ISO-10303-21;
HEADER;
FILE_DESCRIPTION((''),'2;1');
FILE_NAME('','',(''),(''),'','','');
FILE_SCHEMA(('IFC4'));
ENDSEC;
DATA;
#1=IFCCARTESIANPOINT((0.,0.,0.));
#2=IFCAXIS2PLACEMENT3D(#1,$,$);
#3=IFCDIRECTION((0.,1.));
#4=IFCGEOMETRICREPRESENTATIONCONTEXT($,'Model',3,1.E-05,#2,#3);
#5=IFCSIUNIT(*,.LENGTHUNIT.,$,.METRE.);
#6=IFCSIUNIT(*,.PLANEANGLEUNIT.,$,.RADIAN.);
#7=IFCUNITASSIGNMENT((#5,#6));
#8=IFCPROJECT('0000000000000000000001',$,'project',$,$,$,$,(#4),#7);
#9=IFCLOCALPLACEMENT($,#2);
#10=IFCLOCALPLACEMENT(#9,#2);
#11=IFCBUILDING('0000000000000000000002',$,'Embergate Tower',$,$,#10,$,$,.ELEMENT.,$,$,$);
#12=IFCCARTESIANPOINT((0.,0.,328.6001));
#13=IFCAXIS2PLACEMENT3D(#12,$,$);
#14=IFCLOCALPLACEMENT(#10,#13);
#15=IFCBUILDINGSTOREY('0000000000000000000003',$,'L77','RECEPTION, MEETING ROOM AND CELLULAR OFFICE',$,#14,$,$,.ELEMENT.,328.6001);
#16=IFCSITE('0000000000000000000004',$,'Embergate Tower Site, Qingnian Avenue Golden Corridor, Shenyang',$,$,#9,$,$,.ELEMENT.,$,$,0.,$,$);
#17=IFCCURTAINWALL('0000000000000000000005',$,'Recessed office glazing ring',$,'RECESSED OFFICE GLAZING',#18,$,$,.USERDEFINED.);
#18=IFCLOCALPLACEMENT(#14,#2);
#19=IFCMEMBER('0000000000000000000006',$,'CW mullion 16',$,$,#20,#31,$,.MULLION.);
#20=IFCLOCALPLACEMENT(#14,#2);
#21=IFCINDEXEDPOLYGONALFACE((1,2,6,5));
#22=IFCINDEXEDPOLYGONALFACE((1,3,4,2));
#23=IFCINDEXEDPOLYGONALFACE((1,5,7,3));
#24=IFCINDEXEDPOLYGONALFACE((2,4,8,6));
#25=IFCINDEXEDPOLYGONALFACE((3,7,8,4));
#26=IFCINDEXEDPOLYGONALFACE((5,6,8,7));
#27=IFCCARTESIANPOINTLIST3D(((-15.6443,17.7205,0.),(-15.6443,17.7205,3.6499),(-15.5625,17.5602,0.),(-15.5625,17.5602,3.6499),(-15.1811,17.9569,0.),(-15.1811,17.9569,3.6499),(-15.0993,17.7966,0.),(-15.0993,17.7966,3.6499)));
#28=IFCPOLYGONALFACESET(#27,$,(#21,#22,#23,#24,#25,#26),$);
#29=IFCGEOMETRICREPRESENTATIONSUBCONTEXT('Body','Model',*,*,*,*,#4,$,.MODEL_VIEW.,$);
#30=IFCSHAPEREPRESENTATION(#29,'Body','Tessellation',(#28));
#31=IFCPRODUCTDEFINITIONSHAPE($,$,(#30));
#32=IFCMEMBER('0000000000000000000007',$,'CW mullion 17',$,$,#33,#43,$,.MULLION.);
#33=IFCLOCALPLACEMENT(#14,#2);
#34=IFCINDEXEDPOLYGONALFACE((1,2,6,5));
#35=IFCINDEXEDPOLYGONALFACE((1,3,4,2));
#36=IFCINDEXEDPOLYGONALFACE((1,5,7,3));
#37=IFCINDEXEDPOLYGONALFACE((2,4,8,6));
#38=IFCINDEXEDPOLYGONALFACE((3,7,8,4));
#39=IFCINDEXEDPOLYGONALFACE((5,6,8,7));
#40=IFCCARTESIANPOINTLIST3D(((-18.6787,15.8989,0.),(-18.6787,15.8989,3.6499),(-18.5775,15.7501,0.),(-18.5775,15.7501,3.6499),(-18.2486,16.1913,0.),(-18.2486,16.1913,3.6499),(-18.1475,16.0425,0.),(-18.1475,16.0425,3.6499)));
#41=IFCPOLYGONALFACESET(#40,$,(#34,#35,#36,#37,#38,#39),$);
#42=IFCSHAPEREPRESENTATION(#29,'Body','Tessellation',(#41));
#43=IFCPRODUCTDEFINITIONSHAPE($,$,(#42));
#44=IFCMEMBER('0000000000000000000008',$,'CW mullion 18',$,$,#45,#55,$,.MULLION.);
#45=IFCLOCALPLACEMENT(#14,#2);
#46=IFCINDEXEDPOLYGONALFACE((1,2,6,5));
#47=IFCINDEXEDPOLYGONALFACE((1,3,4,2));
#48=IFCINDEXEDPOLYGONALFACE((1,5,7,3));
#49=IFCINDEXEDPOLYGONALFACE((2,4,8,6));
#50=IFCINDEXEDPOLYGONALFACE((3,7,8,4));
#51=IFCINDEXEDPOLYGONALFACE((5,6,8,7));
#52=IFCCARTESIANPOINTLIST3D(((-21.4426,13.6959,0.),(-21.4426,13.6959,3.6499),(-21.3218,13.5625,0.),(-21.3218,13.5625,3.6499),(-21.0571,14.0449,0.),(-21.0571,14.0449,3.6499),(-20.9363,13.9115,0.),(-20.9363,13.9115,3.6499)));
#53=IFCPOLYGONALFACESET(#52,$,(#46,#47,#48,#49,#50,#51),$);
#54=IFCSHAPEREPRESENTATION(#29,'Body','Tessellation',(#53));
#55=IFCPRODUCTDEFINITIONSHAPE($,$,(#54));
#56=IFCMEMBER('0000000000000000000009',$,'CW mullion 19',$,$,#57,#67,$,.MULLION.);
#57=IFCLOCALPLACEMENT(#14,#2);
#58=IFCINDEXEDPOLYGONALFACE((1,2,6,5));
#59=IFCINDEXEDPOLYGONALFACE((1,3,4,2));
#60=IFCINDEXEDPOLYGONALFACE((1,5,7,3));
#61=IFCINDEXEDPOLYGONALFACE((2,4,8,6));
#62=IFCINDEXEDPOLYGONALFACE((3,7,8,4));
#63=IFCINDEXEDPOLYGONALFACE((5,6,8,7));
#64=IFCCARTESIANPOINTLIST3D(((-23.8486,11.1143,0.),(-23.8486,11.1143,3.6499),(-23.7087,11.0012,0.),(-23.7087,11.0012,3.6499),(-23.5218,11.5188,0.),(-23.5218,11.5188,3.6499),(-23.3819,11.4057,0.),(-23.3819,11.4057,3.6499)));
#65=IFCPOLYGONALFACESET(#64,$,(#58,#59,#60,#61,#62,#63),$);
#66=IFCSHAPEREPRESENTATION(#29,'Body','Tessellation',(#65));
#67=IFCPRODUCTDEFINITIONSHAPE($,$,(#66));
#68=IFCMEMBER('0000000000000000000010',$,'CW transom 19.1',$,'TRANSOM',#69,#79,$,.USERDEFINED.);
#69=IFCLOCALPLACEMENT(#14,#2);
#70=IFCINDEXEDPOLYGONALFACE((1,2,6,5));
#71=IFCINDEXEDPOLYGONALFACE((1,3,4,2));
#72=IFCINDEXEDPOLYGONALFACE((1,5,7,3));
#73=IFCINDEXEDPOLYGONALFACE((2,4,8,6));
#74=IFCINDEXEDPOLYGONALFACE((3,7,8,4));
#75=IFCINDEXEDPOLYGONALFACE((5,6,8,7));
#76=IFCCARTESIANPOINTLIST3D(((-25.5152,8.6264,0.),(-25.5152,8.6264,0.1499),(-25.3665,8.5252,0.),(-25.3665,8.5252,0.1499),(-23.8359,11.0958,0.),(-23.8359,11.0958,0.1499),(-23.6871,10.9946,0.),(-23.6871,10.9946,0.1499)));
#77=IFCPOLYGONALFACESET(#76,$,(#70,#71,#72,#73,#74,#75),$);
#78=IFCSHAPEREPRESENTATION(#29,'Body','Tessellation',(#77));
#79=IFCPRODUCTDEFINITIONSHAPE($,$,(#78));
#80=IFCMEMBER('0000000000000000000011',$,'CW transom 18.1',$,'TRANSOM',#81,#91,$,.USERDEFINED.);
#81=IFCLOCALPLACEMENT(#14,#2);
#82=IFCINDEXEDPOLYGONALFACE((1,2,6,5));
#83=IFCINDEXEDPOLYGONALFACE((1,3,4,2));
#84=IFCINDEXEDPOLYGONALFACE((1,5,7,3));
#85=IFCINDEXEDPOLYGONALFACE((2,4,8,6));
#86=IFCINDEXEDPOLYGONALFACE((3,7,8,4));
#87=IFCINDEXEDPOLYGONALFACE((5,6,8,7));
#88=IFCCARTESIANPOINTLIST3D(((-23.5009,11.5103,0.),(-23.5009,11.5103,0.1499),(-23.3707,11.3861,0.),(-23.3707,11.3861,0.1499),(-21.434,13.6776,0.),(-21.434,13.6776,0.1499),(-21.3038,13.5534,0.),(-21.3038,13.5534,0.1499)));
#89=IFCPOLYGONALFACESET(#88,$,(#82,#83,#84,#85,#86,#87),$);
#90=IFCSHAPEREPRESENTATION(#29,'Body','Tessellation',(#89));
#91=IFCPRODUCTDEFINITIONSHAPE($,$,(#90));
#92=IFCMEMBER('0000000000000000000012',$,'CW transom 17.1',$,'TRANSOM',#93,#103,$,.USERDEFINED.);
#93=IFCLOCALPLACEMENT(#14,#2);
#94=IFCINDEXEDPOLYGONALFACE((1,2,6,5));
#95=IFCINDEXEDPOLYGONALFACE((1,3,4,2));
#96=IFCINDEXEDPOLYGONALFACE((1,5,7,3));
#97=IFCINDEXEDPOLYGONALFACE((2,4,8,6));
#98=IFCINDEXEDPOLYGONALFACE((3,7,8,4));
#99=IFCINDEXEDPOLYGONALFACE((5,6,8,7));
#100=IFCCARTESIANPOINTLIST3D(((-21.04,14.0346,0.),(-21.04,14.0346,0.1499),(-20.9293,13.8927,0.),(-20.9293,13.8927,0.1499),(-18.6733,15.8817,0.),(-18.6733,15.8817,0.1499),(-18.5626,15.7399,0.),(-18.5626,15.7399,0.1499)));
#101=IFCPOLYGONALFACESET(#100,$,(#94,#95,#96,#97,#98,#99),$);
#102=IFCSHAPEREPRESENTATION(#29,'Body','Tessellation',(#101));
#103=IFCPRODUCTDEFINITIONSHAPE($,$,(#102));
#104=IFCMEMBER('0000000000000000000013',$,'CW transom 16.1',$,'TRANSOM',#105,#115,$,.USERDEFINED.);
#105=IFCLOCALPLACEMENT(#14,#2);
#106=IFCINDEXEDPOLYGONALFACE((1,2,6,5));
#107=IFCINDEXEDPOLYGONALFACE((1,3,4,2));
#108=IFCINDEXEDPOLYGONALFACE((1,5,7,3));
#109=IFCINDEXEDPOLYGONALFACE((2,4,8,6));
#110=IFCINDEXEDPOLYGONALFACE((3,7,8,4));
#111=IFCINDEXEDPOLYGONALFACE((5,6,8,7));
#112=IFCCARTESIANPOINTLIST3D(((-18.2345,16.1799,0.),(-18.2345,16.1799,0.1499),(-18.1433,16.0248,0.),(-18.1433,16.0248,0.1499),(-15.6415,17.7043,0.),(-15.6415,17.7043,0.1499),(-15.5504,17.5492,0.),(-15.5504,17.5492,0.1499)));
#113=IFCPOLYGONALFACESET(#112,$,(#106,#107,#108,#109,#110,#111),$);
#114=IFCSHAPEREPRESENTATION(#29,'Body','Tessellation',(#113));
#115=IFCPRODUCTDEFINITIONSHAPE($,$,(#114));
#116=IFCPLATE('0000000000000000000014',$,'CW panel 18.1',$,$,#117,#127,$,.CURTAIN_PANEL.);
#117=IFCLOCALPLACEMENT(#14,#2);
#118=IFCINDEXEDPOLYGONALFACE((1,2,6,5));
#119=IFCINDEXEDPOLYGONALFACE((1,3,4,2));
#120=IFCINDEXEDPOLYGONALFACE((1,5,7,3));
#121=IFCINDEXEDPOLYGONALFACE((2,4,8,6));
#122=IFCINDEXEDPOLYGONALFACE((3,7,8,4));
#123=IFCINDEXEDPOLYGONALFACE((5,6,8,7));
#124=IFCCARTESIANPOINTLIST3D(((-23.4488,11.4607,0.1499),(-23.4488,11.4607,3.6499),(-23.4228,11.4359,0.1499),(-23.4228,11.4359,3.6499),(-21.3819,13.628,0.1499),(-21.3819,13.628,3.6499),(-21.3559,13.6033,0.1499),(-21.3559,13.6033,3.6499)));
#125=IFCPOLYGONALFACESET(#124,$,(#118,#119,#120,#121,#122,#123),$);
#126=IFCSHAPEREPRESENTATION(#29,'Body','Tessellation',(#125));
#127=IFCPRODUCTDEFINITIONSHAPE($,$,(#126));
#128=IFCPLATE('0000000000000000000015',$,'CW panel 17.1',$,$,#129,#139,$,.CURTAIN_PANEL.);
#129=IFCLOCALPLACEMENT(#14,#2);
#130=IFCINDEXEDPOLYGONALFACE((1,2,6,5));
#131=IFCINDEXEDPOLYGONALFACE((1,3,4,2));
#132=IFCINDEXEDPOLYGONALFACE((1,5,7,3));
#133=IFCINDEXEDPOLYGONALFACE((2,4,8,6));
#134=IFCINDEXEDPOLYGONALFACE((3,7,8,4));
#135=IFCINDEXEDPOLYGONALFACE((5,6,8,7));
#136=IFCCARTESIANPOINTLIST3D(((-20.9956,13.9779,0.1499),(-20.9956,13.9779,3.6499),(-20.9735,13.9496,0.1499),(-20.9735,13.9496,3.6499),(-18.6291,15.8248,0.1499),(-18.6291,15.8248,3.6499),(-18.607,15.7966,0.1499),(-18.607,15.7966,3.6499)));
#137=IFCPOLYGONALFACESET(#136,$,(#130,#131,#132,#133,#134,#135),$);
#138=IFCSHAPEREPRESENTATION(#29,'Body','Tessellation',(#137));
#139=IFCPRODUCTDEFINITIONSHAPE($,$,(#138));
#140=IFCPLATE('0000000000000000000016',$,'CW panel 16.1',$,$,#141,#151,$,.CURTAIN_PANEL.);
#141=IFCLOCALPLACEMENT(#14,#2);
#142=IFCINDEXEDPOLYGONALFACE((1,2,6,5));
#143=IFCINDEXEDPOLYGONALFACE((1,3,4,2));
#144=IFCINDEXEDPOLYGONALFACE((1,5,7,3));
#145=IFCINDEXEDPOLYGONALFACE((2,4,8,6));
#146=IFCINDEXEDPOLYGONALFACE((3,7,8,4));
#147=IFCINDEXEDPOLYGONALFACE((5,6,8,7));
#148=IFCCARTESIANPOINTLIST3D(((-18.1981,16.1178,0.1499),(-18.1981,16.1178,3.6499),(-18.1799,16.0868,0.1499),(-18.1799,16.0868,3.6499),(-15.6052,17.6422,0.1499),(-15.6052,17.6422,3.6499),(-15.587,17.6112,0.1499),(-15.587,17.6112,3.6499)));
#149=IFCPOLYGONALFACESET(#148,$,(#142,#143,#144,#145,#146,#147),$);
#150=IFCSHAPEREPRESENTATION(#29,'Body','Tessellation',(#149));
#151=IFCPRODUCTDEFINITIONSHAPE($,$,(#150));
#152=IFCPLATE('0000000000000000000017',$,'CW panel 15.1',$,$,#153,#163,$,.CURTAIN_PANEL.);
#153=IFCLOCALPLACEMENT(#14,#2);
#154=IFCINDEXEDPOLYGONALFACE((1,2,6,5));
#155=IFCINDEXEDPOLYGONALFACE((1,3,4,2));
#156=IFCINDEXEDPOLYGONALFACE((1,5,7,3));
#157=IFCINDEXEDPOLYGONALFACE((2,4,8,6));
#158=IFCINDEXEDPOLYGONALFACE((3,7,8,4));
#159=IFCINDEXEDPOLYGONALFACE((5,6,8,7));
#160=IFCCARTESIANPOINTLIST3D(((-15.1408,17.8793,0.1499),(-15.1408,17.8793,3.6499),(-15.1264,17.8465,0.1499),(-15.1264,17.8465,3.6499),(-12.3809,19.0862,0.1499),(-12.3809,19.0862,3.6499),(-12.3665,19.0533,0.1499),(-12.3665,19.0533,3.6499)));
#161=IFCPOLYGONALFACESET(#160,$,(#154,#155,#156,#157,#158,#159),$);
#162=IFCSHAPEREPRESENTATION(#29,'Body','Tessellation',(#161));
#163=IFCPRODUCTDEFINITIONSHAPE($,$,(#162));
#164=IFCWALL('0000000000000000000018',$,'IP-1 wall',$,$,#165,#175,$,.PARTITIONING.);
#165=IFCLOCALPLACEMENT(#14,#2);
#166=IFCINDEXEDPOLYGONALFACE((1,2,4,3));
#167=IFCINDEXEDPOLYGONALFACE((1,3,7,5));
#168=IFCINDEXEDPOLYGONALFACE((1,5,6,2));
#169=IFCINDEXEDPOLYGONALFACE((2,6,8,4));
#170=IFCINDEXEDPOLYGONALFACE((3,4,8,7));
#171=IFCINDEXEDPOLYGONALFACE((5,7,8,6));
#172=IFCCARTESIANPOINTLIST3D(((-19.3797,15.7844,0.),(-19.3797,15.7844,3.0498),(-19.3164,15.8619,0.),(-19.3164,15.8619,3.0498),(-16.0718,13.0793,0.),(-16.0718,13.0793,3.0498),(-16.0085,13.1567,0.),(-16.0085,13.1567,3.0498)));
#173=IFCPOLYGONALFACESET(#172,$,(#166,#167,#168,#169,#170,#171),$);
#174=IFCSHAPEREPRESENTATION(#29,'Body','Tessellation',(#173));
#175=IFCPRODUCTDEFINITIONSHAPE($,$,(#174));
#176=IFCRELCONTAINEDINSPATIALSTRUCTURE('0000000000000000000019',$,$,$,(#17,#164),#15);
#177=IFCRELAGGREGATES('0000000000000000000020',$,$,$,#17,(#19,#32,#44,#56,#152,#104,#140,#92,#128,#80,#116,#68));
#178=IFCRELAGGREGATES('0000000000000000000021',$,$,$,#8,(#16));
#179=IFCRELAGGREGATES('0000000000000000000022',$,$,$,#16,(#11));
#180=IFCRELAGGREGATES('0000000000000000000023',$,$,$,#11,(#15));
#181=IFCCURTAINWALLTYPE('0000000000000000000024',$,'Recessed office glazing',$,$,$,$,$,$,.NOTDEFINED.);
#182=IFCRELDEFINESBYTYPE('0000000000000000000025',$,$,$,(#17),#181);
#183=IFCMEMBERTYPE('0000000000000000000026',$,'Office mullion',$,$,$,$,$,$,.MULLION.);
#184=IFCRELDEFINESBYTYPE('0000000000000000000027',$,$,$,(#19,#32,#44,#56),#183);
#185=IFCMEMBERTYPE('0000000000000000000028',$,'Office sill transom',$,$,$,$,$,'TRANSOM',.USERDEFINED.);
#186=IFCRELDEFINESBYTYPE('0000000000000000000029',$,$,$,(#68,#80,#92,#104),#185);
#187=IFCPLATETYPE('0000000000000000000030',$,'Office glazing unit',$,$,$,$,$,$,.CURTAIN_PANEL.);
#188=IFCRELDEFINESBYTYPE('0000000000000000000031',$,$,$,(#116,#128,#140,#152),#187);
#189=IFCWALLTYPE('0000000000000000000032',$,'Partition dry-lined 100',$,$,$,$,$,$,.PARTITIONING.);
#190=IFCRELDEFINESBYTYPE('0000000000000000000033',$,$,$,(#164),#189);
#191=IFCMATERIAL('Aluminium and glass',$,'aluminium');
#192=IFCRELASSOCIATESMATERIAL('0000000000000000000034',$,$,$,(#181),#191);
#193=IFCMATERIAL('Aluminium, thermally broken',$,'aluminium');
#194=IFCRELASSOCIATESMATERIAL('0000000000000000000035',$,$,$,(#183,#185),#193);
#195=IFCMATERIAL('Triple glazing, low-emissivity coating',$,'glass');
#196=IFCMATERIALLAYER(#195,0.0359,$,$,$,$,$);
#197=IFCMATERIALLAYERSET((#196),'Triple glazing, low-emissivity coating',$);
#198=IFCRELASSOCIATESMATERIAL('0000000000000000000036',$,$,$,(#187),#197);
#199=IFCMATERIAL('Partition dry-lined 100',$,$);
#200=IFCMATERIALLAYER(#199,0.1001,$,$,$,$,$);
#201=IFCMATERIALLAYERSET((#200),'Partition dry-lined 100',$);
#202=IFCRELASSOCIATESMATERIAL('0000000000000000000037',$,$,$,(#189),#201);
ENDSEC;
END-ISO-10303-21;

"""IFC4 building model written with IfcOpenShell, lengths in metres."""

from ifc_helpers import new_model, si_unit, direction, frame, frame_2d, origin, origin_2d, place, context, subcontext, project, spatial, rectangle, extrude, source, transform, mapped, material, layer, layer_set, material_profile, profile_set, type_object, element, aggregate, save


model = new_model("IFC4")

# Units and contexts
model_context = context("Model", 3, precision=1e-05, world=origin(), true_north=direction((0.0, 1.0)))
body_context = subcontext(model_context, "Body", "Model", "MODEL_VIEW")
ifc_project = project(units=[si_unit("LENGTHUNIT", "METRE"), si_unit("PLANEANGLEUNIT", "RADIAN")], contexts=[model_context])

# Site, building, storey
site_placement = place(None, origin())
site = spatial("IfcSite", under=ifc_project, at=site_placement, Name="Embergate Tower Site, Qingnian Avenue Golden Corridor, Shenyang", CompositionType="ELEMENT", RefElevation=0.0)
building_placement = place(site_placement, origin())
building = spatial("IfcBuilding", under=site, at=building_placement, Name="Embergate Tower", CompositionType="ELEMENT")
storey_placement = place(building_placement, frame((0.0, 0.0, 328.6001)))
storey = spatial("IfcBuildingStorey", under=building, at=storey_placement, Name="L77", Description="RECEPTION, MEETING ROOM AND CELLULAR OFFICE", CompositionType="ELEMENT", Elevation=328.6001)

# Curtain wall, members, plates
ifc_material_1 = material(Name="Aluminium and glass", Category="aluminium")
curtain_wall_type = type_object("IfcCurtainWallType", Name="Recessed office glazing", PredefinedType="NOTDEFINED", material=ifc_material_1)
curtain_wall_placement = place(storey_placement, origin())
curtain_wall = element("IfcCurtainWall", 1, at=curtain_wall_placement, inside=storey, type_object=curtain_wall_type, Name="Recessed office glazing ring", ObjectType="RECESSED OFFICE GLAZING", PredefinedType="USERDEFINED")
ifc_material_2 = material(Name="Aluminium, thermally broken", Category="aluminium")
ifc_material_profile_1 = material_profile(ifc_material_2, rectangle(XDim=0.1799, YDim=0.52, at=origin_2d()), Name="AL 520x180")
ifc_profile_set_1 = profile_set([ifc_material_profile_1], Name="Aluminium, thermally broken")
member_type_1 = type_object("IfcMemberType", Name="Office mullion", PredefinedType="MULLION", material=ifc_profile_set_1)
shared_shape_1 = source(origin(), body_context, "Body", "SweptSolid", [
    extrude(rectangle(XDim=0.1799, YDim=0.52, at=origin_2d()), origin(), (0.0, 0.0, 1.0), 3.6499),
])
member_1_placement = place(storey_placement, frame((-15.3718, 17.7585, 0.0), z_axis=(0.0, 0.0, 1.0), x_axis=(0.454502, -0.890746, 0.0)))
member_1 = element("IfcMember", 2, at=member_1_placement, type_object=member_type_1, Name="CW mullion 16", PredefinedType="MULLION", context=body_context, shape_type="MappedRepresentation", body=[
    mapped(shared_shape_1, transform((0.0, 0.0, 0.0))),
])
member_2_placement = place(storey_placement, frame((-18.4131, 15.9707, 0.0), z_axis=(0.0, 0.0, 1.0), x_axis=(0.562205, -0.826998, 0.0)))
member_2 = element("IfcMember", 3, at=member_2_placement, type_object=member_type_1, Name="CW mullion 17", PredefinedType="MULLION", context=body_context, shape_type="MappedRepresentation", body=[
    mapped(shared_shape_1, transform((0.0, 0.0, 0.0))),
])
member_3_placement = place(storey_placement, frame((-21.1895, 13.8037, 0.0), z_axis=(0.0, 0.0, 1.0), x_axis=(0.671212, -0.741265, 0.0)))
member_3 = element("IfcMember", 4, at=member_3_placement, type_object=member_type_1, Name="CW mullion 18", PredefinedType="MULLION", context=body_context, shape_type="MappedRepresentation", body=[
    mapped(shared_shape_1, transform((0.0, 0.0, 0.0))),
])
member_4_placement = place(storey_placement, frame((-23.6152, 11.26, 0.0), z_axis=(0.0, 0.0, 1.0), x_axis=(0.777856, -0.628442, 0.0)))
member_4 = element("IfcMember", 5, at=member_4_placement, type_object=member_type_1, Name="CW mullion 19", PredefinedType="MULLION", context=body_context, shape_type="MappedRepresentation", body=[
    mapped(shared_shape_1, transform((0.0, 0.0, 0.0))),
])
ifc_material_profile_2 = material_profile(ifc_material_2, rectangle(XDim=0.1799, YDim=0.1499, at=origin_2d()), Name="AL 150x180")
ifc_profile_set_2 = profile_set([ifc_material_profile_2], Name="Aluminium, thermally broken")
member_type_2 = type_object("IfcMemberType", Name="Office sill transom", ElementType="TRANSOM", PredefinedType="USERDEFINED", material=ifc_profile_set_2)
shared_shape_2 = source(origin(), body_context, "Body", "SweptSolid", [
    extrude(rectangle(XDim=0.1799, YDim=0.1499, at=origin_2d()), origin(), (0.0, 0.0, 1.0), 2.9863),
])
member_5_placement = place(storey_placement, frame((-23.7615, 11.0452, 0.075), z_axis=(-0.562355, -0.826896, 0.0), x_axis=(0.826896, -0.562355, 0.0)))
member_5 = element("IfcMember", 6, at=member_5_placement, type_object=member_type_2, Name="CW transom 19.1", ObjectType="TRANSOM", PredefinedType="USERDEFINED", context=body_context, shape_type="MappedRepresentation", body=[
    mapped(shared_shape_2, transform((0.0, 0.0, 0.0))),
])
shared_shape_3 = source(origin(), body_context, "Body", "SweptSolid", [
    extrude(rectangle(XDim=0.1799, YDim=0.1499, at=origin_2d()), origin(), (0.0, 0.0, 1.0), 2.9949),
])
member_6_placement = place(storey_placement, frame((-21.3689, 13.6155, 0.075), z_axis=(-0.690156, -0.723661, 0.0), x_axis=(0.723661, -0.690156, 0.0)))
member_6 = element("IfcMember", 7, at=member_6_placement, type_object=member_type_2, Name="CW transom 18.1", ObjectType="TRANSOM", PredefinedType="USERDEFINED", context=body_context, shape_type="MappedRepresentation", body=[
    mapped(shared_shape_3, transform((0.0, 0.0, 0.0))),
])
shared_shape_4 = source(origin(), body_context, "Body", "SweptSolid", [
    extrude(rectangle(XDim=0.1799, YDim=0.1499, at=origin_2d()), origin(), (0.0, 0.0, 1.0), 3.0022),
])
member_7_placement = place(storey_placement, frame((-18.6179, 15.8108, 0.075), z_axis=(-0.788318, -0.615268, 0.0), x_axis=(0.615268, -0.788318, 0.0)))
member_7 = element("IfcMember", 8, at=member_7_placement, type_object=member_type_2, Name="CW transom 17.1", ObjectType="TRANSOM", PredefinedType="USERDEFINED", context=body_context, shape_type="MappedRepresentation", body=[
    mapped(shared_shape_4, transform((0.0, 0.0, 0.0))),
])
shared_shape_5 = source(origin(), body_context, "Body", "SweptSolid", [
    extrude(rectangle(XDim=0.1799, YDim=0.1499, at=origin_2d()), origin(), (0.0, 0.0, 1.0), 3.0078),
])
member_8_placement = place(storey_placement, frame((-15.5959, 17.6267, 0.075), z_axis=(-0.862064, -0.5068, 0.0), x_axis=(0.5068, -0.862064, 0.0)))
member_8 = element("IfcMember", 9, at=member_8_placement, type_object=member_type_2, Name="CW transom 16.1", ObjectType="TRANSOM", PredefinedType="USERDEFINED", context=body_context, shape_type="MappedRepresentation", body=[
    mapped(shared_shape_5, transform((0.0, 0.0, 0.0))),
])
ifc_material_3 = material(Name="Triple glazing, low-emissivity coating", Category="glass")
ifc_layer_1 = layer(ifc_material_3, 0.0359)
ifc_layer_set_1 = layer_set([ifc_layer_1], Name="Triple glazing, low-emissivity coating")
plate_type = type_object("IfcPlateType", Name="Office glazing unit", PredefinedType="CURTAIN_PANEL", material=ifc_layer_set_1)
shared_shape_6 = source(origin(), body_context, "Body", "SweptSolid", [
    extrude(rectangle(XDim=2.9949, YDim=0.0359, at=origin_2d()), origin(), (0.0, 0.0, 1.0), 3.5),
])
plate_1_placement = place(storey_placement, frame((-22.4023, 12.532, 0.1499), z_axis=(0.0, 0.0, 1.0), x_axis=(-0.690138, -0.723678, 0.0)))
plate_1 = element("IfcPlate", 10, at=plate_1_placement, type_object=plate_type, Name="CW panel 18.1", PredefinedType="CURTAIN_PANEL", context=body_context, shape_type="MappedRepresentation", body=[
    mapped(shared_shape_6, transform((0.0, 0.0, 0.0))),
])
shared_shape_7 = source(origin(), body_context, "Body", "SweptSolid", [
    extrude(rectangle(XDim=3.002, YDim=0.0359, at=origin_2d()), origin(), (0.0, 0.0, 1.0), 3.5),
])
plate_2_placement = place(storey_placement, frame((-19.8013, 14.8872, 0.1499), z_axis=(0.0, 0.0, 1.0), x_axis=(-0.788322, -0.615263, 0.0)))
plate_2 = element("IfcPlate", 11, at=plate_2_placement, type_object=plate_type, Name="CW panel 17.1", PredefinedType="CURTAIN_PANEL", context=body_context, shape_type="MappedRepresentation", body=[
    mapped(shared_shape_7, transform((0.0, 0.0, 0.0))),
])
shared_shape_8 = source(origin(), body_context, "Body", "SweptSolid", [
    extrude(rectangle(XDim=3.0078, YDim=0.0359, at=origin_2d()), origin(), (0.0, 0.0, 1.0), 3.5),
])
plate_3_placement = place(storey_placement, frame((-16.8926, 16.8645, 0.1499), z_axis=(0.0, 0.0, 1.0), x_axis=(-0.862054, -0.506816, 0.0)))
plate_3 = element("IfcPlate", 12, at=plate_3_placement, type_object=plate_type, Name="CW panel 16.1", PredefinedType="CURTAIN_PANEL", context=body_context, shape_type="MappedRepresentation", body=[
    mapped(shared_shape_8, transform((0.0, 0.0, 0.0))),
])
shared_shape_9 = source(origin(), body_context, "Body", "SweptSolid", [
    extrude(rectangle(XDim=3.0122, YDim=0.0359, at=origin_2d()), origin(), (0.0, 0.0, 1.0), 3.5),
])
plate_4_placement = place(storey_placement, frame((-13.7537, 18.4663, 0.1499), z_axis=(0.0, 0.0, 1.0), x_axis=(-0.916236, -0.400638, 0.0)))
plate_4 = element("IfcPlate", 13, at=plate_4_placement, type_object=plate_type, Name="CW panel 15.1", PredefinedType="CURTAIN_PANEL", context=body_context, shape_type="MappedRepresentation", body=[
    mapped(shared_shape_9, transform((0.0, 0.0, 0.0))),
])
aggregate(curtain_wall, [member_1, member_2, member_3, member_4, plate_4, member_8, plate_3, member_7, plate_2, member_6, plate_1, member_5])

# Wall
ifc_material_4 = material(Name="Partition dry-lined 100")
ifc_layer_2 = layer(ifc_material_4, 0.1001)
ifc_layer_set_2 = layer_set([ifc_layer_2], Name="Partition dry-lined 100")
wall_type = type_object("IfcWallType", Name="Partition dry-lined 100", PredefinedType="PARTITIONING", material=ifc_layer_set_2)
shared_shape_10 = source(origin(), body_context, "Body", "SweptSolid", [
    extrude(rectangle(XDim=4.2732, YDim=0.1001, at=frame_2d((2.1367, 0.0))), origin(), (0.0, 0.0, 1.0), 3.0498),
])
wall_placement = place(storey_placement, frame((-16.04, 13.1179, 0.0), z_axis=(0.0, 0.0, 1.0), x_axis=(-0.774113, 0.633048, 0.0)))
element("IfcWall", 14, at=wall_placement, inside=storey, type_object=wall_type, Name="IP-1 wall", PredefinedType="PARTITIONING", context=body_context, shape_type="MappedRepresentation", body=[
    mapped(shared_shape_10, transform((0.0, 0.0, 0.0))),
])

save(model, "model.ifc")
